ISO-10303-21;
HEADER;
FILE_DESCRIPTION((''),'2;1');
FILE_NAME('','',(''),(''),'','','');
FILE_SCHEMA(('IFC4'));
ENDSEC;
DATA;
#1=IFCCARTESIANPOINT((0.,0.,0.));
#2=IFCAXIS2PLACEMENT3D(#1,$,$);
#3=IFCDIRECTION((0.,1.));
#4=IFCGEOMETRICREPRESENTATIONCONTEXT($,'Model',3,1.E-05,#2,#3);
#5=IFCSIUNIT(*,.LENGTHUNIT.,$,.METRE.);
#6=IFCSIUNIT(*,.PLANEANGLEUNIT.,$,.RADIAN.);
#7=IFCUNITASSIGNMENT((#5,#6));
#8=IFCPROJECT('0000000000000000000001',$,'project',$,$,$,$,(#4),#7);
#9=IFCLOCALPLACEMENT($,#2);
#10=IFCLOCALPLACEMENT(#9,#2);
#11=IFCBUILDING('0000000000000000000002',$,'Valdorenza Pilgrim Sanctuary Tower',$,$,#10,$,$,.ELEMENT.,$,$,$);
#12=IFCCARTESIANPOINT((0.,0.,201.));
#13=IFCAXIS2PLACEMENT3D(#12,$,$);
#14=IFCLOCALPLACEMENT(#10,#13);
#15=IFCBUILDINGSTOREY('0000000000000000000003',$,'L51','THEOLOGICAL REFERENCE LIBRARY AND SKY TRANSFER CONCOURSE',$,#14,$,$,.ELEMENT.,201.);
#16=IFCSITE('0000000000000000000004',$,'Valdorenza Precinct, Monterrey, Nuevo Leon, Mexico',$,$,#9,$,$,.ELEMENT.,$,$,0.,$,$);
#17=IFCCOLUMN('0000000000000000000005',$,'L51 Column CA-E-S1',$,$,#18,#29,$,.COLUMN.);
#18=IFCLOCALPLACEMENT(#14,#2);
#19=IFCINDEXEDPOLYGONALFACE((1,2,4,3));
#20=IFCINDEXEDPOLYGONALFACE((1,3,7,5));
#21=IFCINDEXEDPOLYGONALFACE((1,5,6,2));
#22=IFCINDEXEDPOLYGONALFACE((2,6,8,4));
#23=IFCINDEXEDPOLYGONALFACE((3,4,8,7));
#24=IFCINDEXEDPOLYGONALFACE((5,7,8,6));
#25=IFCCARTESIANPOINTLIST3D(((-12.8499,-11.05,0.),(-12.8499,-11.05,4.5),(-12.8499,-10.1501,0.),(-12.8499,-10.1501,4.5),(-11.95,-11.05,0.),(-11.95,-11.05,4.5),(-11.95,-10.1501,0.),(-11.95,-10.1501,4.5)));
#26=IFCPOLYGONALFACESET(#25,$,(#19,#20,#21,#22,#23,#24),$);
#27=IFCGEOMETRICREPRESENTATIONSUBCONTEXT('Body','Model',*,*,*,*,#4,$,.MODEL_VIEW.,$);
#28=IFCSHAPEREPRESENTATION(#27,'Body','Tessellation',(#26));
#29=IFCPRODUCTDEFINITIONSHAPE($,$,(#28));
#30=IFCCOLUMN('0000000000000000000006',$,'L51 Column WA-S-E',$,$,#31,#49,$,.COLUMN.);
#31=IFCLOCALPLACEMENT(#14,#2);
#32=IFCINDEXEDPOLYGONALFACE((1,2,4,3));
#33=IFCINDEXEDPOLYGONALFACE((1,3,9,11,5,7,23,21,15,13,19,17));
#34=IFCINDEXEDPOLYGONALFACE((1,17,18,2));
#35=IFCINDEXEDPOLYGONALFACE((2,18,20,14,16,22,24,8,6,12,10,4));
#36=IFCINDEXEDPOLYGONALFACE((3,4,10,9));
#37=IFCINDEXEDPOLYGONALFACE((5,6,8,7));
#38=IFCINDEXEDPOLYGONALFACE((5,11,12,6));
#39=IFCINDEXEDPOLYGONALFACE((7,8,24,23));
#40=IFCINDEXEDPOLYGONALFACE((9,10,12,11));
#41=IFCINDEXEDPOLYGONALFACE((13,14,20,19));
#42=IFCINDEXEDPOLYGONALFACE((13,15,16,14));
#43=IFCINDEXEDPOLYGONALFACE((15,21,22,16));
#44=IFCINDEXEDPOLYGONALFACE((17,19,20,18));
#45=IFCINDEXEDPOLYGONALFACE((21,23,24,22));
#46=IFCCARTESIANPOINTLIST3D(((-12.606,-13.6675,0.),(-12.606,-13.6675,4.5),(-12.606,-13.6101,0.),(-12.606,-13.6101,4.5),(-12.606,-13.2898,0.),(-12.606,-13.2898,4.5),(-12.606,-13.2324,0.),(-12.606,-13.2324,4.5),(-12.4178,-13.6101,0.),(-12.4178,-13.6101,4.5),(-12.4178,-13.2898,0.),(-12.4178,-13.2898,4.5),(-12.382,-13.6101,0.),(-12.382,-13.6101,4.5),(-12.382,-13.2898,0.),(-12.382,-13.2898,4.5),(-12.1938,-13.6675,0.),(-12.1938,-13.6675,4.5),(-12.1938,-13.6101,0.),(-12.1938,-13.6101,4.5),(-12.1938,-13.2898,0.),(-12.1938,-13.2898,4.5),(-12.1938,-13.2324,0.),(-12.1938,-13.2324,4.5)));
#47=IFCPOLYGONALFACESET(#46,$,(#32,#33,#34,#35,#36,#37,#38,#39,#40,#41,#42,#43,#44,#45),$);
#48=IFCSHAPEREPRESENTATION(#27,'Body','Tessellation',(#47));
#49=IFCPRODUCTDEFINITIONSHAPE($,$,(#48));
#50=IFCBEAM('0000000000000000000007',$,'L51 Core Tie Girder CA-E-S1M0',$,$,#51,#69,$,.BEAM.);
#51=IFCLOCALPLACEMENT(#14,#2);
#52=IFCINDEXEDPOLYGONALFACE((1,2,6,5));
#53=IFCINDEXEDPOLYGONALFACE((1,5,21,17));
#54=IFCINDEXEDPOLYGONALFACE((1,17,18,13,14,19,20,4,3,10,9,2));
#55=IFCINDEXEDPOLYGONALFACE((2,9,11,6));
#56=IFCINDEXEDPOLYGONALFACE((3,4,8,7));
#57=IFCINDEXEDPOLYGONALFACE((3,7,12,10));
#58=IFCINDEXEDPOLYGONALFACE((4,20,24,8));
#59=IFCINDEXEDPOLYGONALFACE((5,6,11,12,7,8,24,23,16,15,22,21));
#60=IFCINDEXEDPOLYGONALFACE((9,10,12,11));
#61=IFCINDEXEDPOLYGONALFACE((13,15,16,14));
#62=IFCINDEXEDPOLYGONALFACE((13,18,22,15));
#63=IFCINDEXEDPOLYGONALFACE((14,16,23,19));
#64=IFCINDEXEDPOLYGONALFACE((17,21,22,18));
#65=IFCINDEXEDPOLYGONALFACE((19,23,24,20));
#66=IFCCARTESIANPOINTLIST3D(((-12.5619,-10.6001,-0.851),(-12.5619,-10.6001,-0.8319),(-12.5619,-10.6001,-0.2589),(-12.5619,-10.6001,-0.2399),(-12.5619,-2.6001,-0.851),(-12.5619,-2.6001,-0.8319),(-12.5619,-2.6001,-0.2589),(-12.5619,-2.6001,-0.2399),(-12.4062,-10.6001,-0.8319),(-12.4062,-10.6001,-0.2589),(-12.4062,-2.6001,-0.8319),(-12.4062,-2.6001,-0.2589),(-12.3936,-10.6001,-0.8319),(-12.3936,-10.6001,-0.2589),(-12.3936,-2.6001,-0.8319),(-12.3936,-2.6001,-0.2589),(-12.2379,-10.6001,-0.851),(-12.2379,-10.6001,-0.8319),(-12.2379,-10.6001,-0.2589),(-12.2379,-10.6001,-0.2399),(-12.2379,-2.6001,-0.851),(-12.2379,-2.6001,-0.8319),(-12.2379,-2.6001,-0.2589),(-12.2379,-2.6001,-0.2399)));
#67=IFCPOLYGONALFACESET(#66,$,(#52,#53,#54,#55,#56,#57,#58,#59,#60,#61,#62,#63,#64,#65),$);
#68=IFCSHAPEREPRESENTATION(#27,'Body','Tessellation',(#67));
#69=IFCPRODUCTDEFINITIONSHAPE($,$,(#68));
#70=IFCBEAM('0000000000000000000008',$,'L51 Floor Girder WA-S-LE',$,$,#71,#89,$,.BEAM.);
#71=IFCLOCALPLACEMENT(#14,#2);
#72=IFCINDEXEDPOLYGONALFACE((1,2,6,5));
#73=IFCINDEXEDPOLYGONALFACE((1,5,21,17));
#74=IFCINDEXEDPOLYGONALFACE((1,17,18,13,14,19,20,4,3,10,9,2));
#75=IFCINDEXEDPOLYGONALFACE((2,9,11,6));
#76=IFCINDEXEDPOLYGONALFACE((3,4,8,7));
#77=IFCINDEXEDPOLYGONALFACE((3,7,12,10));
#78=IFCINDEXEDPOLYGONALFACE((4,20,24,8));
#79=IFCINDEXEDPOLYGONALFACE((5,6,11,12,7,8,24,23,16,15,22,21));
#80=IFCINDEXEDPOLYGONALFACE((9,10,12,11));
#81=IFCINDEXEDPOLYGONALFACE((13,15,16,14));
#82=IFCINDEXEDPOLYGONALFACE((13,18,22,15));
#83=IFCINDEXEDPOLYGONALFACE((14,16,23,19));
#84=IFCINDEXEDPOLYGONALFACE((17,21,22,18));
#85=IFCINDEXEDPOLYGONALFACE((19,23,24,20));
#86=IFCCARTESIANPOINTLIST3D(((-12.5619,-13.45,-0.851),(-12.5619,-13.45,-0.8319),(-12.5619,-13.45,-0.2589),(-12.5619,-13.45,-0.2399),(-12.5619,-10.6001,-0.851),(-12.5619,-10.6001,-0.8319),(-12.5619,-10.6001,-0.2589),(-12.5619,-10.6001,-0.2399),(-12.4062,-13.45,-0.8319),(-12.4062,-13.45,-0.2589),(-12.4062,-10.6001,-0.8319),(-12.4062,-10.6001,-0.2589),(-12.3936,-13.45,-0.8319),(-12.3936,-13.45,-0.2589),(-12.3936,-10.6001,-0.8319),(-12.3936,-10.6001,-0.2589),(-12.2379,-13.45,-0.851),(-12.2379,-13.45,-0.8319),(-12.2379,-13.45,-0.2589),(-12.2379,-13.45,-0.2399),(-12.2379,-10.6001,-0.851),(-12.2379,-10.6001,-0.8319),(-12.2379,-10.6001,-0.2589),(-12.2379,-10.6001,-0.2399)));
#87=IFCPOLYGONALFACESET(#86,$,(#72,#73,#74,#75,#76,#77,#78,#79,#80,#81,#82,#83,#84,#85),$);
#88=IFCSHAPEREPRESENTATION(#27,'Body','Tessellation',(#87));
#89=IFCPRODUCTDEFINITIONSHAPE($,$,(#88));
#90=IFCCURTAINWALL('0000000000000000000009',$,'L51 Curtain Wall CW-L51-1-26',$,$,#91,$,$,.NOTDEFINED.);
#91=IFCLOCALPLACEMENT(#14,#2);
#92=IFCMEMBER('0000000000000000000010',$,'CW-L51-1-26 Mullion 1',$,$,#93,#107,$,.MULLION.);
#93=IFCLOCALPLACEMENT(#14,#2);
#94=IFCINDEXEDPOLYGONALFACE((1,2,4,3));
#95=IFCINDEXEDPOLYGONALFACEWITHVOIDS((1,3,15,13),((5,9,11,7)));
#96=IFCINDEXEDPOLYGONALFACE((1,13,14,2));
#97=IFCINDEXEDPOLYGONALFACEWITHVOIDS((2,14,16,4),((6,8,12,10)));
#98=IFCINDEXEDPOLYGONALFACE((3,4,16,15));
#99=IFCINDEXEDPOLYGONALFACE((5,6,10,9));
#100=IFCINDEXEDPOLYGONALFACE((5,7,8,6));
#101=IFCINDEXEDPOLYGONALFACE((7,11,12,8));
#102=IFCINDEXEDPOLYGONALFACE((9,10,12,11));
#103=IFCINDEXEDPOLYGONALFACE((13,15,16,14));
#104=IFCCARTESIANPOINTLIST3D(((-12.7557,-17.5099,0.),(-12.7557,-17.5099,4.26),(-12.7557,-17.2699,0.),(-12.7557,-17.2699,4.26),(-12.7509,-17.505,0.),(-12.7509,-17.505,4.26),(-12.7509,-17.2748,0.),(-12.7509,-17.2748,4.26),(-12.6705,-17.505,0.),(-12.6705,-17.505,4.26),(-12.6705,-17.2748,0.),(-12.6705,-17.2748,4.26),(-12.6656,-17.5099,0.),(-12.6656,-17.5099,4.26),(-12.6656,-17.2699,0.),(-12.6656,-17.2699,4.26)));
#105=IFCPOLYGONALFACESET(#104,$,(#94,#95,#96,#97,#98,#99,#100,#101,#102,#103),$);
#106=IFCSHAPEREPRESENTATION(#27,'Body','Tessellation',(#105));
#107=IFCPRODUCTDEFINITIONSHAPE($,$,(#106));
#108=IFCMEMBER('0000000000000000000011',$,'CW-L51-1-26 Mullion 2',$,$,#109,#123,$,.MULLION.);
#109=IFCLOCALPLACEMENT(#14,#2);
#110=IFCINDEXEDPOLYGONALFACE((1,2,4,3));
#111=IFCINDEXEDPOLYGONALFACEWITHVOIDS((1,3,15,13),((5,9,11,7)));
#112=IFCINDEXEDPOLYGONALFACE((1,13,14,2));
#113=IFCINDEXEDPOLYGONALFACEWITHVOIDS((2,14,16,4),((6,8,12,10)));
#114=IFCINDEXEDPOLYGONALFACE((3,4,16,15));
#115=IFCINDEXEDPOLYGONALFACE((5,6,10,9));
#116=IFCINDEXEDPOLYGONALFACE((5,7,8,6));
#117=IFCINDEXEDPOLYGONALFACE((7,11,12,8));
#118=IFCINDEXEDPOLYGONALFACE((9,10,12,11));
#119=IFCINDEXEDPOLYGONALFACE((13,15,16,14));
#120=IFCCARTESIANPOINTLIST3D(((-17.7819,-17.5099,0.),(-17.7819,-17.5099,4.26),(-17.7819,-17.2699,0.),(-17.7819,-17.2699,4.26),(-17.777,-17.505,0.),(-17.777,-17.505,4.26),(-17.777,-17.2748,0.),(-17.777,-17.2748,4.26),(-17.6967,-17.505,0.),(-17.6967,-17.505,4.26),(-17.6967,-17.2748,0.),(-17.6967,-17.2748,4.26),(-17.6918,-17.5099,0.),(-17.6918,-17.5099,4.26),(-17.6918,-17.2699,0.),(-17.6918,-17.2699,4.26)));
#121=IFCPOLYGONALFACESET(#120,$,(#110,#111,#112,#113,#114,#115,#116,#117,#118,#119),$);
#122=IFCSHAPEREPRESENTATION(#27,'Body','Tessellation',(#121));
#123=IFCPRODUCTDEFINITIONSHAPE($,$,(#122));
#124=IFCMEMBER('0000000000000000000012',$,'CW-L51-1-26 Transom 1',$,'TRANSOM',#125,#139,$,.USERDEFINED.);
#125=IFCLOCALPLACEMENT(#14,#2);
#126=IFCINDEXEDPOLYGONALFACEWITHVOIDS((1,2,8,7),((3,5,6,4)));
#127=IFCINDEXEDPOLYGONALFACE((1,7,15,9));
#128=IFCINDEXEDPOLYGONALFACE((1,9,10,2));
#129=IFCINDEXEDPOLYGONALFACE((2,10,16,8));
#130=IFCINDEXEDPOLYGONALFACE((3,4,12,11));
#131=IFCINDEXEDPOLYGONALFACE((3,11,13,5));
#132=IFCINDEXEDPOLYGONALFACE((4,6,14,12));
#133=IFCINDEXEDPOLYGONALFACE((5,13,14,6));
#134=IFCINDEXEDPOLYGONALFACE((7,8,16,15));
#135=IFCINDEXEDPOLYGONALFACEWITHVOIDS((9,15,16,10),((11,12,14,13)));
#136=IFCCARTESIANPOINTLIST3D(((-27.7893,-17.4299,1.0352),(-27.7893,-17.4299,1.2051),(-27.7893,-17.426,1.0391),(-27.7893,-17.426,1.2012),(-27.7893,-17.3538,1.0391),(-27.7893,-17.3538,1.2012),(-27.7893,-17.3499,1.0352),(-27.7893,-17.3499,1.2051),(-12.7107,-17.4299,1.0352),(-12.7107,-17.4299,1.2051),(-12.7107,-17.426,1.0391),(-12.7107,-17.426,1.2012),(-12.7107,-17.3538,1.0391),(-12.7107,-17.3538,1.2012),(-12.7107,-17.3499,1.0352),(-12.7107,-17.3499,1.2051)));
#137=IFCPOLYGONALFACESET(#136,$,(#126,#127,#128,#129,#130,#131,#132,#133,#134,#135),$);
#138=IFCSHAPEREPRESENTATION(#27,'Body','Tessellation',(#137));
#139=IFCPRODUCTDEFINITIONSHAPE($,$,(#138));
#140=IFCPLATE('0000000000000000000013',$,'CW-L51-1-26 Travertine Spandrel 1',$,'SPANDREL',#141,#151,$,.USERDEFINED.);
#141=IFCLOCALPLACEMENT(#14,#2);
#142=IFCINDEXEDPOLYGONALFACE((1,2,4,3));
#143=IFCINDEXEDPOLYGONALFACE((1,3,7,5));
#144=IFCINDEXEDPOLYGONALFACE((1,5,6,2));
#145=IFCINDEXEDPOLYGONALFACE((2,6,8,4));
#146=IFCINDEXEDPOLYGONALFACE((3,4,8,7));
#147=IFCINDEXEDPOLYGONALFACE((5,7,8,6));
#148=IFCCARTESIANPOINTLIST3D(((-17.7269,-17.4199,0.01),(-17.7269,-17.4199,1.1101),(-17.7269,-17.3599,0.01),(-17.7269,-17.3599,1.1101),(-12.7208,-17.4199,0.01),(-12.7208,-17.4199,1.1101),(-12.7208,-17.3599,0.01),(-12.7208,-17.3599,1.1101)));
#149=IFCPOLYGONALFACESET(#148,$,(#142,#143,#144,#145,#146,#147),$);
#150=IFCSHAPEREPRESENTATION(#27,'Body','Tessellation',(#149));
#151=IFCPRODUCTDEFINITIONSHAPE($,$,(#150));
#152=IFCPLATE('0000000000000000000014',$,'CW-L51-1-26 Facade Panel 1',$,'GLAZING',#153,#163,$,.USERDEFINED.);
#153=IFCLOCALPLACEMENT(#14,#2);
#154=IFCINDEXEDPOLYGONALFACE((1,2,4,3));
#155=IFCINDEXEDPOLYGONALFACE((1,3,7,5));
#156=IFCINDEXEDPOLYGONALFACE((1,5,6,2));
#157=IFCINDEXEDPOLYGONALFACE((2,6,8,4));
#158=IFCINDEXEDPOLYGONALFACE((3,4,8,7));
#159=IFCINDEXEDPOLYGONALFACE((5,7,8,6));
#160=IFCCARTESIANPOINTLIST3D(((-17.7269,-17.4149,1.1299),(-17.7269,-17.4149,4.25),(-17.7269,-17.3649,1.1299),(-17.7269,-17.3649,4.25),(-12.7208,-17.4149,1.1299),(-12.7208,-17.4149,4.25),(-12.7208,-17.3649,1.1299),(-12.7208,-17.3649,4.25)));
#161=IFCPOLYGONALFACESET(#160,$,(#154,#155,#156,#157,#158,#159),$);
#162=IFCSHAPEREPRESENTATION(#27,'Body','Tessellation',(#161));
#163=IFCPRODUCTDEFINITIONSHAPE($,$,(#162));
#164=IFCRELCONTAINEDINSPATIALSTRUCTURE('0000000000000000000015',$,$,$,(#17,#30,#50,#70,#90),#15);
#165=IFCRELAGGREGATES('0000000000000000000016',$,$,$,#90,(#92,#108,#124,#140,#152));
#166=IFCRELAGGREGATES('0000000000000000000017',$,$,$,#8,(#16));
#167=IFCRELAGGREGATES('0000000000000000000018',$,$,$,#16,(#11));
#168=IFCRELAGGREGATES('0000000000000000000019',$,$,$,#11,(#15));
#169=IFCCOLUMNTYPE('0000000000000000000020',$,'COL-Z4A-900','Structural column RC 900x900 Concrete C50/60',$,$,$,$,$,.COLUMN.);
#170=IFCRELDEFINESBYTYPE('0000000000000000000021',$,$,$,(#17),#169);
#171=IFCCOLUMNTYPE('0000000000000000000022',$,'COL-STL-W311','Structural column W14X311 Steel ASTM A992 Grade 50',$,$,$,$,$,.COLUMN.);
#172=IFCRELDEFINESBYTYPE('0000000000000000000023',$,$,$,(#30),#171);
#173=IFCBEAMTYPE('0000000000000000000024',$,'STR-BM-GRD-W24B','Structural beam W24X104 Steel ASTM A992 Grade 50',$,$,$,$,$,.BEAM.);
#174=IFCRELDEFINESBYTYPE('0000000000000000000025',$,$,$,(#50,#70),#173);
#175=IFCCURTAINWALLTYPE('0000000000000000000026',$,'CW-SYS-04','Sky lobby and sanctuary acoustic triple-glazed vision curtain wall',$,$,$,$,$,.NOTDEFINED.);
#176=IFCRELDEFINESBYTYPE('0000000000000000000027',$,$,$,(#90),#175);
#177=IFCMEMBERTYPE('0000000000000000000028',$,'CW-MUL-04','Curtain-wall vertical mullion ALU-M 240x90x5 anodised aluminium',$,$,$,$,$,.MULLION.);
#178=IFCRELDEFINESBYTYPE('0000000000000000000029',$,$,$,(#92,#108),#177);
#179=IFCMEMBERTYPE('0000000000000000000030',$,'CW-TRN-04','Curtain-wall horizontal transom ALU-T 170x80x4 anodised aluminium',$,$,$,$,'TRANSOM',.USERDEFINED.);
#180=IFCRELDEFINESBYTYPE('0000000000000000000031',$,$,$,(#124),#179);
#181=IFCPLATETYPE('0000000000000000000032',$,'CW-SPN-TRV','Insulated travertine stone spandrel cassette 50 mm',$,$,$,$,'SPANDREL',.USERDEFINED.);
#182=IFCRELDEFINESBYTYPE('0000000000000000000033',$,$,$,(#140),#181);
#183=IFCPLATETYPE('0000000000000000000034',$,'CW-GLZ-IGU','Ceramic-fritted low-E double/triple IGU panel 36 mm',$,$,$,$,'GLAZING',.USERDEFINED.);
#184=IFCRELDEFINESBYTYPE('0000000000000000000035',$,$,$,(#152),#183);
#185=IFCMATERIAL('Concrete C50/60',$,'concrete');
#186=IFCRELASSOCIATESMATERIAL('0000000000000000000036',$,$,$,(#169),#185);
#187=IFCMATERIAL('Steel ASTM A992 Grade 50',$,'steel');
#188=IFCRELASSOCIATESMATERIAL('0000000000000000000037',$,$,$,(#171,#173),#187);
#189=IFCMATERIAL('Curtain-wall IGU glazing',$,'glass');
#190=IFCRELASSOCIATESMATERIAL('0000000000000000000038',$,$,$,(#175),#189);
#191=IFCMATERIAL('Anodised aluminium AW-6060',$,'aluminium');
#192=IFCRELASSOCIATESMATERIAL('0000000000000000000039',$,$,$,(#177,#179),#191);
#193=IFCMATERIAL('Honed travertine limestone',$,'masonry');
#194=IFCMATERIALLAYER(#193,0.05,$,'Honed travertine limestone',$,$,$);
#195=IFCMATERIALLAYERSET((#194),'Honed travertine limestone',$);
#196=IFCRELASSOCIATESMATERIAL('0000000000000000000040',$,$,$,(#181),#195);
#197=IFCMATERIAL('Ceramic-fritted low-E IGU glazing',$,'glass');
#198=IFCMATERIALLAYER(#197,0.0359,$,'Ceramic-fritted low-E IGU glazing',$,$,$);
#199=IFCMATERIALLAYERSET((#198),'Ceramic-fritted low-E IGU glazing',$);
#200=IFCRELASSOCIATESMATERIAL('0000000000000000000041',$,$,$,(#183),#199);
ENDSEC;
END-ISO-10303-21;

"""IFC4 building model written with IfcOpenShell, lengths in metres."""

from ifc_helpers import new_model, si_unit, direction, frame, origin, origin_2d, place, context, subcontext, project, spatial, rectangle, hollow_rectangle, i_section, extrude, source, transform, mapped, material, layer, layer_set, material_profile, profile_set, type_object, element, aggregate, save


model = new_model("IFC4")

# Units and contexts
model_context = context("Model", 3, precision=1e-05, world=origin(), true_north=direction((0.0, 1.0)))
body_context = subcontext(model_context, "Body", "Model", "MODEL_VIEW")
ifc_project = project(units=[si_unit("LENGTHUNIT", "METRE"), si_unit("PLANEANGLEUNIT", "RADIAN")], contexts=[model_context])

# Site, building, storey
site_placement = place(None, origin())
site = spatial("IfcSite", under=ifc_project, at=site_placement, Name="Valdorenza Precinct, Monterrey, Nuevo Leon, Mexico", CompositionType="ELEMENT", RefElevation=0.0)
building_placement = place(site_placement, origin())
building = spatial("IfcBuilding", under=site, at=building_placement, Name="Valdorenza Pilgrim Sanctuary Tower", CompositionType="ELEMENT")
storey_placement = place(building_placement, frame((0.0, 0.0, 201.0)))
storey = spatial("IfcBuildingStorey", under=building, at=storey_placement, Name="L51", Description="THEOLOGICAL REFERENCE LIBRARY AND SKY TRANSFER CONCOURSE", CompositionType="ELEMENT", Elevation=201.0)

# Columns
ifc_material_1 = material(Name="Concrete C50/60", Category="concrete")
ifc_material_profile_1 = material_profile(ifc_material_1, rectangle(XDim=0.8999, YDim=0.8999, at=origin_2d()), Name="RC 900x900")
ifc_profile_set_1 = profile_set([ifc_material_profile_1], Name="Concrete C50/60")
column_type_1 = type_object("IfcColumnType", Name="COL-Z4A-900", Description="Structural column RC 900x900 Concrete C50/60", PredefinedType="COLUMN", material=ifc_profile_set_1)
shared_shape_1 = source(origin(), body_context, "Body", "SweptSolid", [
    extrude(rectangle(XDim=0.8999, YDim=0.8999, at=origin_2d()), origin(), (0.0, 0.0, 1.0), 4.5),
])
column_1_placement = place(storey_placement, frame((-12.3999, -10.6001, 0.0), z_axis=(0.0, 0.0, 1.0), x_axis=(1.0, 0.0, 0.0)))
element("IfcColumn", 1, at=column_1_placement, inside=storey, type_object=column_type_1, Name="L51 Column CA-E-S1", PredefinedType="COLUMN", context=body_context, shape_type="MappedRepresentation", body=[
    mapped(shared_shape_1, transform((0.0, 0.0, 0.0), x_axis=(1.0, 0.0, 0.0), y_axis=(0.0, 1.0, 0.0), z_axis=(0.0, 0.0, 1.0), scale=1.0)),
])
ifc_material_2 = material(Name="Steel ASTM A992 Grade 50", Category="steel")
ifc_material_profile_2 = material_profile(ifc_material_2, i_section(OverallWidth=0.4121, OverallDepth=0.4351, WebThickness=0.0359, FlangeThickness=0.0574, at=origin_2d()), Name="W14X311")
ifc_profile_set_2 = profile_set([ifc_material_profile_2], Name="Steel ASTM A992 Grade 50")
column_type_2 = type_object("IfcColumnType", Name="COL-STL-W311", Description="Structural column W14X311 Steel ASTM A992 Grade 50", PredefinedType="COLUMN", material=ifc_profile_set_2)
shared_shape_2 = source(origin(), body_context, "Body", "SweptSolid", [
    extrude(i_section(OverallWidth=0.4121, OverallDepth=0.4351, WebThickness=0.0359, FlangeThickness=0.0574, at=origin_2d()), origin(), (0.0, 0.0, 1.0), 4.5),
])
column_2_placement = place(storey_placement, frame((-12.3999, -13.45, 0.0), z_axis=(0.0, 0.0, 1.0), x_axis=(1.0, 0.0, 0.0)))
element("IfcColumn", 2, at=column_2_placement, inside=storey, type_object=column_type_2, Name="L51 Column WA-S-E", PredefinedType="COLUMN", context=body_context, shape_type="MappedRepresentation", body=[
    mapped(shared_shape_2, transform((0.0, 0.0, 0.0), x_axis=(1.0, 0.0, 0.0), y_axis=(0.0, 1.0, 0.0), z_axis=(0.0, 0.0, 1.0), scale=1.0)),
])

# Beams
ifc_material_profile_3 = material_profile(ifc_material_2, i_section(OverallWidth=0.324, OverallDepth=0.6111, WebThickness=0.0127, FlangeThickness=0.019, at=origin_2d()), Name="W24X104")
ifc_profile_set_3 = profile_set([ifc_material_profile_3], Name="Steel ASTM A992 Grade 50")
beam_type = type_object("IfcBeamType", Name="STR-BM-GRD-W24B", Description="Structural beam W24X104 Steel ASTM A992 Grade 50", PredefinedType="BEAM", material=ifc_profile_set_3)
shared_shape_3 = source(origin(), body_context, "Body", "SweptSolid", [
    extrude(i_section(OverallWidth=0.324, OverallDepth=0.6111, WebThickness=0.0127, FlangeThickness=0.019, at=origin_2d()), origin(), (0.0, 0.0, 1.0), 8.0),
])
beam_1_placement = place(storey_placement, frame((-12.3999, -10.6001, -0.5454), z_axis=(0.0, 1.0, 0.0), x_axis=(-1.0, 0.0, 0.0)))
element("IfcBeam", 3, at=beam_1_placement, inside=storey, type_object=beam_type, Name="L51 Core Tie Girder CA-E-S1M0", PredefinedType="BEAM", context=body_context, shape_type="MappedRepresentation", body=[
    mapped(shared_shape_3, transform((0.0, 0.0, 0.0), x_axis=(1.0, 0.0, 0.0), y_axis=(0.0, 1.0, 0.0), z_axis=(0.0, 0.0, 1.0), scale=1.0)),
])
shared_shape_4 = source(origin(), body_context, "Body", "SweptSolid", [
    extrude(i_section(OverallWidth=0.324, OverallDepth=0.6111, WebThickness=0.0127, FlangeThickness=0.019, at=origin_2d()), origin(), (0.0, 0.0, 1.0), 2.8499),
])
beam_2_placement = place(storey_placement, frame((-12.3999, -13.45, -0.5454), z_axis=(0.0, 1.0, 0.0), x_axis=(-1.0, 0.0, 0.0)))
element("IfcBeam", 4, at=beam_2_placement, inside=storey, type_object=beam_type, Name="L51 Floor Girder WA-S-LE", PredefinedType="BEAM", context=body_context, shape_type="MappedRepresentation", body=[
    mapped(shared_shape_4, transform((0.0, 0.0, 0.0), x_axis=(1.0, 0.0, 0.0), y_axis=(0.0, 1.0, 0.0), z_axis=(0.0, 0.0, 1.0), scale=1.0)),
])

# Curtain wall, members, plates
ifc_material_3 = material(Name="Curtain-wall IGU glazing", Category="glass")
curtain_wall_type = type_object("IfcCurtainWallType", Name="CW-SYS-04", Description="Sky lobby and sanctuary acoustic triple-glazed vision curtain wall", PredefinedType="NOTDEFINED", material=ifc_material_3)
curtain_wall_placement = place(storey_placement, origin())
curtain_wall = element("IfcCurtainWall", 5, at=curtain_wall_placement, inside=storey, type_object=curtain_wall_type, Name="L51 Curtain Wall CW-L51-1-26", PredefinedType="NOTDEFINED")
ifc_material_4 = material(Name="Anodised aluminium AW-6060", Category="aluminium")
ifc_material_profile_4 = material_profile(ifc_material_4, hollow_rectangle(XDim=0.0901, YDim=0.24, WallThickness=0.0049, at=origin_2d()), Name="ALU-M 240x90x5")
ifc_profile_set_4 = profile_set([ifc_material_profile_4], Name="Anodised aluminium AW-6060")
member_type_1 = type_object("IfcMemberType", Name="CW-MUL-04", Description="Curtain-wall vertical mullion ALU-M 240x90x5 anodised aluminium", PredefinedType="MULLION", material=ifc_profile_set_4)
shared_shape_5 = source(origin(), body_context, "Body", "SweptSolid", [
    extrude(hollow_rectangle(XDim=0.0901, YDim=0.24, WallThickness=0.0049, at=origin_2d()), origin(), (0.0, 0.0, 1.0), 4.26),
])
member_1_placement = place(storey_placement, frame((-12.7107, -17.3899, 0.0), z_axis=(0.0, 0.0, 1.0), x_axis=(-1.0, 0.0, 0.0)))
member_1 = element("IfcMember", 6, at=member_1_placement, type_object=member_type_1, Name="CW-L51-1-26 Mullion 1", PredefinedType="MULLION", context=body_context, shape_type="MappedRepresentation", body=[
    mapped(shared_shape_5, transform((0.0, 0.0, 0.0), x_axis=(1.0, 0.0, 0.0), y_axis=(0.0, 1.0, 0.0), z_axis=(0.0, 0.0, 1.0), scale=1.0)),
])
member_2_placement = place(storey_placement, frame((-17.7368, -17.3899, 0.0), z_axis=(0.0, 0.0, 1.0), x_axis=(-1.0, 0.0, 0.0)))
member_2 = element("IfcMember", 7, at=member_2_placement, type_object=member_type_1, Name="CW-L51-1-26 Mullion 2", PredefinedType="MULLION", context=body_context, shape_type="MappedRepresentation", body=[
    mapped(shared_shape_5, transform((0.0, 0.0, 0.0), x_axis=(1.0, 0.0, 0.0), y_axis=(0.0, 1.0, 0.0), z_axis=(0.0, 0.0, 1.0), scale=1.0)),
])
ifc_material_profile_5 = material_profile(ifc_material_4, hollow_rectangle(XDim=0.0801, YDim=0.1699, WallThickness=0.0039, at=origin_2d()), Name="ALU-T 170x80x4")
ifc_profile_set_5 = profile_set([ifc_material_profile_5], Name="Anodised aluminium AW-6060")
member_type_2 = type_object("IfcMemberType", Name="CW-TRN-04", Description="Curtain-wall horizontal transom ALU-T 170x80x4 anodised aluminium", ElementType="TRANSOM", PredefinedType="USERDEFINED", material=ifc_profile_set_5)
shared_shape_6 = source(origin(), body_context, "Body", "SweptSolid", [
    extrude(hollow_rectangle(XDim=0.0801, YDim=0.1699, WallThickness=0.0039, at=origin_2d()), origin(), (0.0, 0.0, 1.0), 15.0786),
])
member_3_placement = place(storey_placement, frame((-12.7107, -17.3899, 1.1201), z_axis=(-1.0, 0.0, 0.0), x_axis=(0.0, -1.0, 0.0)))
member_3 = element("IfcMember", 8, at=member_3_placement, type_object=member_type_2, Name="CW-L51-1-26 Transom 1", ObjectType="TRANSOM", PredefinedType="USERDEFINED", context=body_context, shape_type="MappedRepresentation", body=[
    mapped(shared_shape_6, transform((0.0, 0.0, 0.0), x_axis=(1.0, 0.0, 0.0), y_axis=(0.0, 1.0, 0.0), z_axis=(0.0, 0.0, 1.0), scale=1.0)),
])
ifc_material_5 = material(Name="Honed travertine limestone", Category="masonry")
ifc_layer_1 = layer(ifc_material_5, 0.05, Name="Honed travertine limestone")
ifc_layer_set_1 = layer_set([ifc_layer_1], Name="Honed travertine limestone")
plate_type_1 = type_object("IfcPlateType", Name="CW-SPN-TRV", Description="Insulated travertine stone spandrel cassette 50 mm", ElementType="SPANDREL", PredefinedType="USERDEFINED", material=ifc_layer_set_1)
shared_shape_7 = source(origin(), body_context, "Body", "SweptSolid", [
    extrude(rectangle(XDim=5.0061, YDim=0.0601, at=origin_2d()), origin(), (0.0, 0.0, 1.0), 1.1001),
])
plate_1_placement = place(storey_placement, frame((-15.2239, -17.3899, 0.01), z_axis=(0.0, 0.0, 1.0), x_axis=(-1.0, 0.0, 0.0)))
plate_1 = element("IfcPlate", 9, at=plate_1_placement, type_object=plate_type_1, Name="CW-L51-1-26 Travertine Spandrel 1", ObjectType="SPANDREL", PredefinedType="USERDEFINED", context=body_context, shape_type="MappedRepresentation", body=[
    mapped(shared_shape_7, transform((0.0, 0.0, 0.0), x_axis=(1.0, 0.0, 0.0), y_axis=(0.0, 1.0, 0.0), z_axis=(0.0, 0.0, 1.0), scale=1.0)),
])
ifc_material_6 = material(Name="Ceramic-fritted low-E IGU glazing", Category="glass")
ifc_layer_2 = layer(ifc_material_6, 0.0359, Name="Ceramic-fritted low-E IGU glazing")
ifc_layer_set_2 = layer_set([ifc_layer_2], Name="Ceramic-fritted low-E IGU glazing")
plate_type_2 = type_object("IfcPlateType", Name="CW-GLZ-IGU", Description="Ceramic-fritted low-E double/triple IGU panel 36 mm", ElementType="GLAZING", PredefinedType="USERDEFINED", material=ifc_layer_set_2)
shared_shape_8 = source(origin(), body_context, "Body", "SweptSolid", [
    extrude(rectangle(XDim=5.0061, YDim=0.05, at=origin_2d()), origin(), (0.0, 0.0, 1.0), 3.1201),
])
plate_2_placement = place(storey_placement, frame((-15.2239, -17.3899, 1.1299), z_axis=(0.0, 0.0, 1.0), x_axis=(-1.0, 0.0, 0.0)))
plate_2 = element("IfcPlate", 10, at=plate_2_placement, type_object=plate_type_2, Name="CW-L51-1-26 Facade Panel 1", ObjectType="GLAZING", PredefinedType="USERDEFINED", context=body_context, shape_type="MappedRepresentation", body=[
    mapped(shared_shape_8, transform((0.0, 0.0, 0.0), x_axis=(1.0, 0.0, 0.0), y_axis=(0.0, 1.0, 0.0), z_axis=(0.0, 0.0, 1.0), scale=1.0)),
])
aggregate(curtain_wall, [member_1, member_2, member_3, plate_1, plate_2])

save(model, "model.ifc")
